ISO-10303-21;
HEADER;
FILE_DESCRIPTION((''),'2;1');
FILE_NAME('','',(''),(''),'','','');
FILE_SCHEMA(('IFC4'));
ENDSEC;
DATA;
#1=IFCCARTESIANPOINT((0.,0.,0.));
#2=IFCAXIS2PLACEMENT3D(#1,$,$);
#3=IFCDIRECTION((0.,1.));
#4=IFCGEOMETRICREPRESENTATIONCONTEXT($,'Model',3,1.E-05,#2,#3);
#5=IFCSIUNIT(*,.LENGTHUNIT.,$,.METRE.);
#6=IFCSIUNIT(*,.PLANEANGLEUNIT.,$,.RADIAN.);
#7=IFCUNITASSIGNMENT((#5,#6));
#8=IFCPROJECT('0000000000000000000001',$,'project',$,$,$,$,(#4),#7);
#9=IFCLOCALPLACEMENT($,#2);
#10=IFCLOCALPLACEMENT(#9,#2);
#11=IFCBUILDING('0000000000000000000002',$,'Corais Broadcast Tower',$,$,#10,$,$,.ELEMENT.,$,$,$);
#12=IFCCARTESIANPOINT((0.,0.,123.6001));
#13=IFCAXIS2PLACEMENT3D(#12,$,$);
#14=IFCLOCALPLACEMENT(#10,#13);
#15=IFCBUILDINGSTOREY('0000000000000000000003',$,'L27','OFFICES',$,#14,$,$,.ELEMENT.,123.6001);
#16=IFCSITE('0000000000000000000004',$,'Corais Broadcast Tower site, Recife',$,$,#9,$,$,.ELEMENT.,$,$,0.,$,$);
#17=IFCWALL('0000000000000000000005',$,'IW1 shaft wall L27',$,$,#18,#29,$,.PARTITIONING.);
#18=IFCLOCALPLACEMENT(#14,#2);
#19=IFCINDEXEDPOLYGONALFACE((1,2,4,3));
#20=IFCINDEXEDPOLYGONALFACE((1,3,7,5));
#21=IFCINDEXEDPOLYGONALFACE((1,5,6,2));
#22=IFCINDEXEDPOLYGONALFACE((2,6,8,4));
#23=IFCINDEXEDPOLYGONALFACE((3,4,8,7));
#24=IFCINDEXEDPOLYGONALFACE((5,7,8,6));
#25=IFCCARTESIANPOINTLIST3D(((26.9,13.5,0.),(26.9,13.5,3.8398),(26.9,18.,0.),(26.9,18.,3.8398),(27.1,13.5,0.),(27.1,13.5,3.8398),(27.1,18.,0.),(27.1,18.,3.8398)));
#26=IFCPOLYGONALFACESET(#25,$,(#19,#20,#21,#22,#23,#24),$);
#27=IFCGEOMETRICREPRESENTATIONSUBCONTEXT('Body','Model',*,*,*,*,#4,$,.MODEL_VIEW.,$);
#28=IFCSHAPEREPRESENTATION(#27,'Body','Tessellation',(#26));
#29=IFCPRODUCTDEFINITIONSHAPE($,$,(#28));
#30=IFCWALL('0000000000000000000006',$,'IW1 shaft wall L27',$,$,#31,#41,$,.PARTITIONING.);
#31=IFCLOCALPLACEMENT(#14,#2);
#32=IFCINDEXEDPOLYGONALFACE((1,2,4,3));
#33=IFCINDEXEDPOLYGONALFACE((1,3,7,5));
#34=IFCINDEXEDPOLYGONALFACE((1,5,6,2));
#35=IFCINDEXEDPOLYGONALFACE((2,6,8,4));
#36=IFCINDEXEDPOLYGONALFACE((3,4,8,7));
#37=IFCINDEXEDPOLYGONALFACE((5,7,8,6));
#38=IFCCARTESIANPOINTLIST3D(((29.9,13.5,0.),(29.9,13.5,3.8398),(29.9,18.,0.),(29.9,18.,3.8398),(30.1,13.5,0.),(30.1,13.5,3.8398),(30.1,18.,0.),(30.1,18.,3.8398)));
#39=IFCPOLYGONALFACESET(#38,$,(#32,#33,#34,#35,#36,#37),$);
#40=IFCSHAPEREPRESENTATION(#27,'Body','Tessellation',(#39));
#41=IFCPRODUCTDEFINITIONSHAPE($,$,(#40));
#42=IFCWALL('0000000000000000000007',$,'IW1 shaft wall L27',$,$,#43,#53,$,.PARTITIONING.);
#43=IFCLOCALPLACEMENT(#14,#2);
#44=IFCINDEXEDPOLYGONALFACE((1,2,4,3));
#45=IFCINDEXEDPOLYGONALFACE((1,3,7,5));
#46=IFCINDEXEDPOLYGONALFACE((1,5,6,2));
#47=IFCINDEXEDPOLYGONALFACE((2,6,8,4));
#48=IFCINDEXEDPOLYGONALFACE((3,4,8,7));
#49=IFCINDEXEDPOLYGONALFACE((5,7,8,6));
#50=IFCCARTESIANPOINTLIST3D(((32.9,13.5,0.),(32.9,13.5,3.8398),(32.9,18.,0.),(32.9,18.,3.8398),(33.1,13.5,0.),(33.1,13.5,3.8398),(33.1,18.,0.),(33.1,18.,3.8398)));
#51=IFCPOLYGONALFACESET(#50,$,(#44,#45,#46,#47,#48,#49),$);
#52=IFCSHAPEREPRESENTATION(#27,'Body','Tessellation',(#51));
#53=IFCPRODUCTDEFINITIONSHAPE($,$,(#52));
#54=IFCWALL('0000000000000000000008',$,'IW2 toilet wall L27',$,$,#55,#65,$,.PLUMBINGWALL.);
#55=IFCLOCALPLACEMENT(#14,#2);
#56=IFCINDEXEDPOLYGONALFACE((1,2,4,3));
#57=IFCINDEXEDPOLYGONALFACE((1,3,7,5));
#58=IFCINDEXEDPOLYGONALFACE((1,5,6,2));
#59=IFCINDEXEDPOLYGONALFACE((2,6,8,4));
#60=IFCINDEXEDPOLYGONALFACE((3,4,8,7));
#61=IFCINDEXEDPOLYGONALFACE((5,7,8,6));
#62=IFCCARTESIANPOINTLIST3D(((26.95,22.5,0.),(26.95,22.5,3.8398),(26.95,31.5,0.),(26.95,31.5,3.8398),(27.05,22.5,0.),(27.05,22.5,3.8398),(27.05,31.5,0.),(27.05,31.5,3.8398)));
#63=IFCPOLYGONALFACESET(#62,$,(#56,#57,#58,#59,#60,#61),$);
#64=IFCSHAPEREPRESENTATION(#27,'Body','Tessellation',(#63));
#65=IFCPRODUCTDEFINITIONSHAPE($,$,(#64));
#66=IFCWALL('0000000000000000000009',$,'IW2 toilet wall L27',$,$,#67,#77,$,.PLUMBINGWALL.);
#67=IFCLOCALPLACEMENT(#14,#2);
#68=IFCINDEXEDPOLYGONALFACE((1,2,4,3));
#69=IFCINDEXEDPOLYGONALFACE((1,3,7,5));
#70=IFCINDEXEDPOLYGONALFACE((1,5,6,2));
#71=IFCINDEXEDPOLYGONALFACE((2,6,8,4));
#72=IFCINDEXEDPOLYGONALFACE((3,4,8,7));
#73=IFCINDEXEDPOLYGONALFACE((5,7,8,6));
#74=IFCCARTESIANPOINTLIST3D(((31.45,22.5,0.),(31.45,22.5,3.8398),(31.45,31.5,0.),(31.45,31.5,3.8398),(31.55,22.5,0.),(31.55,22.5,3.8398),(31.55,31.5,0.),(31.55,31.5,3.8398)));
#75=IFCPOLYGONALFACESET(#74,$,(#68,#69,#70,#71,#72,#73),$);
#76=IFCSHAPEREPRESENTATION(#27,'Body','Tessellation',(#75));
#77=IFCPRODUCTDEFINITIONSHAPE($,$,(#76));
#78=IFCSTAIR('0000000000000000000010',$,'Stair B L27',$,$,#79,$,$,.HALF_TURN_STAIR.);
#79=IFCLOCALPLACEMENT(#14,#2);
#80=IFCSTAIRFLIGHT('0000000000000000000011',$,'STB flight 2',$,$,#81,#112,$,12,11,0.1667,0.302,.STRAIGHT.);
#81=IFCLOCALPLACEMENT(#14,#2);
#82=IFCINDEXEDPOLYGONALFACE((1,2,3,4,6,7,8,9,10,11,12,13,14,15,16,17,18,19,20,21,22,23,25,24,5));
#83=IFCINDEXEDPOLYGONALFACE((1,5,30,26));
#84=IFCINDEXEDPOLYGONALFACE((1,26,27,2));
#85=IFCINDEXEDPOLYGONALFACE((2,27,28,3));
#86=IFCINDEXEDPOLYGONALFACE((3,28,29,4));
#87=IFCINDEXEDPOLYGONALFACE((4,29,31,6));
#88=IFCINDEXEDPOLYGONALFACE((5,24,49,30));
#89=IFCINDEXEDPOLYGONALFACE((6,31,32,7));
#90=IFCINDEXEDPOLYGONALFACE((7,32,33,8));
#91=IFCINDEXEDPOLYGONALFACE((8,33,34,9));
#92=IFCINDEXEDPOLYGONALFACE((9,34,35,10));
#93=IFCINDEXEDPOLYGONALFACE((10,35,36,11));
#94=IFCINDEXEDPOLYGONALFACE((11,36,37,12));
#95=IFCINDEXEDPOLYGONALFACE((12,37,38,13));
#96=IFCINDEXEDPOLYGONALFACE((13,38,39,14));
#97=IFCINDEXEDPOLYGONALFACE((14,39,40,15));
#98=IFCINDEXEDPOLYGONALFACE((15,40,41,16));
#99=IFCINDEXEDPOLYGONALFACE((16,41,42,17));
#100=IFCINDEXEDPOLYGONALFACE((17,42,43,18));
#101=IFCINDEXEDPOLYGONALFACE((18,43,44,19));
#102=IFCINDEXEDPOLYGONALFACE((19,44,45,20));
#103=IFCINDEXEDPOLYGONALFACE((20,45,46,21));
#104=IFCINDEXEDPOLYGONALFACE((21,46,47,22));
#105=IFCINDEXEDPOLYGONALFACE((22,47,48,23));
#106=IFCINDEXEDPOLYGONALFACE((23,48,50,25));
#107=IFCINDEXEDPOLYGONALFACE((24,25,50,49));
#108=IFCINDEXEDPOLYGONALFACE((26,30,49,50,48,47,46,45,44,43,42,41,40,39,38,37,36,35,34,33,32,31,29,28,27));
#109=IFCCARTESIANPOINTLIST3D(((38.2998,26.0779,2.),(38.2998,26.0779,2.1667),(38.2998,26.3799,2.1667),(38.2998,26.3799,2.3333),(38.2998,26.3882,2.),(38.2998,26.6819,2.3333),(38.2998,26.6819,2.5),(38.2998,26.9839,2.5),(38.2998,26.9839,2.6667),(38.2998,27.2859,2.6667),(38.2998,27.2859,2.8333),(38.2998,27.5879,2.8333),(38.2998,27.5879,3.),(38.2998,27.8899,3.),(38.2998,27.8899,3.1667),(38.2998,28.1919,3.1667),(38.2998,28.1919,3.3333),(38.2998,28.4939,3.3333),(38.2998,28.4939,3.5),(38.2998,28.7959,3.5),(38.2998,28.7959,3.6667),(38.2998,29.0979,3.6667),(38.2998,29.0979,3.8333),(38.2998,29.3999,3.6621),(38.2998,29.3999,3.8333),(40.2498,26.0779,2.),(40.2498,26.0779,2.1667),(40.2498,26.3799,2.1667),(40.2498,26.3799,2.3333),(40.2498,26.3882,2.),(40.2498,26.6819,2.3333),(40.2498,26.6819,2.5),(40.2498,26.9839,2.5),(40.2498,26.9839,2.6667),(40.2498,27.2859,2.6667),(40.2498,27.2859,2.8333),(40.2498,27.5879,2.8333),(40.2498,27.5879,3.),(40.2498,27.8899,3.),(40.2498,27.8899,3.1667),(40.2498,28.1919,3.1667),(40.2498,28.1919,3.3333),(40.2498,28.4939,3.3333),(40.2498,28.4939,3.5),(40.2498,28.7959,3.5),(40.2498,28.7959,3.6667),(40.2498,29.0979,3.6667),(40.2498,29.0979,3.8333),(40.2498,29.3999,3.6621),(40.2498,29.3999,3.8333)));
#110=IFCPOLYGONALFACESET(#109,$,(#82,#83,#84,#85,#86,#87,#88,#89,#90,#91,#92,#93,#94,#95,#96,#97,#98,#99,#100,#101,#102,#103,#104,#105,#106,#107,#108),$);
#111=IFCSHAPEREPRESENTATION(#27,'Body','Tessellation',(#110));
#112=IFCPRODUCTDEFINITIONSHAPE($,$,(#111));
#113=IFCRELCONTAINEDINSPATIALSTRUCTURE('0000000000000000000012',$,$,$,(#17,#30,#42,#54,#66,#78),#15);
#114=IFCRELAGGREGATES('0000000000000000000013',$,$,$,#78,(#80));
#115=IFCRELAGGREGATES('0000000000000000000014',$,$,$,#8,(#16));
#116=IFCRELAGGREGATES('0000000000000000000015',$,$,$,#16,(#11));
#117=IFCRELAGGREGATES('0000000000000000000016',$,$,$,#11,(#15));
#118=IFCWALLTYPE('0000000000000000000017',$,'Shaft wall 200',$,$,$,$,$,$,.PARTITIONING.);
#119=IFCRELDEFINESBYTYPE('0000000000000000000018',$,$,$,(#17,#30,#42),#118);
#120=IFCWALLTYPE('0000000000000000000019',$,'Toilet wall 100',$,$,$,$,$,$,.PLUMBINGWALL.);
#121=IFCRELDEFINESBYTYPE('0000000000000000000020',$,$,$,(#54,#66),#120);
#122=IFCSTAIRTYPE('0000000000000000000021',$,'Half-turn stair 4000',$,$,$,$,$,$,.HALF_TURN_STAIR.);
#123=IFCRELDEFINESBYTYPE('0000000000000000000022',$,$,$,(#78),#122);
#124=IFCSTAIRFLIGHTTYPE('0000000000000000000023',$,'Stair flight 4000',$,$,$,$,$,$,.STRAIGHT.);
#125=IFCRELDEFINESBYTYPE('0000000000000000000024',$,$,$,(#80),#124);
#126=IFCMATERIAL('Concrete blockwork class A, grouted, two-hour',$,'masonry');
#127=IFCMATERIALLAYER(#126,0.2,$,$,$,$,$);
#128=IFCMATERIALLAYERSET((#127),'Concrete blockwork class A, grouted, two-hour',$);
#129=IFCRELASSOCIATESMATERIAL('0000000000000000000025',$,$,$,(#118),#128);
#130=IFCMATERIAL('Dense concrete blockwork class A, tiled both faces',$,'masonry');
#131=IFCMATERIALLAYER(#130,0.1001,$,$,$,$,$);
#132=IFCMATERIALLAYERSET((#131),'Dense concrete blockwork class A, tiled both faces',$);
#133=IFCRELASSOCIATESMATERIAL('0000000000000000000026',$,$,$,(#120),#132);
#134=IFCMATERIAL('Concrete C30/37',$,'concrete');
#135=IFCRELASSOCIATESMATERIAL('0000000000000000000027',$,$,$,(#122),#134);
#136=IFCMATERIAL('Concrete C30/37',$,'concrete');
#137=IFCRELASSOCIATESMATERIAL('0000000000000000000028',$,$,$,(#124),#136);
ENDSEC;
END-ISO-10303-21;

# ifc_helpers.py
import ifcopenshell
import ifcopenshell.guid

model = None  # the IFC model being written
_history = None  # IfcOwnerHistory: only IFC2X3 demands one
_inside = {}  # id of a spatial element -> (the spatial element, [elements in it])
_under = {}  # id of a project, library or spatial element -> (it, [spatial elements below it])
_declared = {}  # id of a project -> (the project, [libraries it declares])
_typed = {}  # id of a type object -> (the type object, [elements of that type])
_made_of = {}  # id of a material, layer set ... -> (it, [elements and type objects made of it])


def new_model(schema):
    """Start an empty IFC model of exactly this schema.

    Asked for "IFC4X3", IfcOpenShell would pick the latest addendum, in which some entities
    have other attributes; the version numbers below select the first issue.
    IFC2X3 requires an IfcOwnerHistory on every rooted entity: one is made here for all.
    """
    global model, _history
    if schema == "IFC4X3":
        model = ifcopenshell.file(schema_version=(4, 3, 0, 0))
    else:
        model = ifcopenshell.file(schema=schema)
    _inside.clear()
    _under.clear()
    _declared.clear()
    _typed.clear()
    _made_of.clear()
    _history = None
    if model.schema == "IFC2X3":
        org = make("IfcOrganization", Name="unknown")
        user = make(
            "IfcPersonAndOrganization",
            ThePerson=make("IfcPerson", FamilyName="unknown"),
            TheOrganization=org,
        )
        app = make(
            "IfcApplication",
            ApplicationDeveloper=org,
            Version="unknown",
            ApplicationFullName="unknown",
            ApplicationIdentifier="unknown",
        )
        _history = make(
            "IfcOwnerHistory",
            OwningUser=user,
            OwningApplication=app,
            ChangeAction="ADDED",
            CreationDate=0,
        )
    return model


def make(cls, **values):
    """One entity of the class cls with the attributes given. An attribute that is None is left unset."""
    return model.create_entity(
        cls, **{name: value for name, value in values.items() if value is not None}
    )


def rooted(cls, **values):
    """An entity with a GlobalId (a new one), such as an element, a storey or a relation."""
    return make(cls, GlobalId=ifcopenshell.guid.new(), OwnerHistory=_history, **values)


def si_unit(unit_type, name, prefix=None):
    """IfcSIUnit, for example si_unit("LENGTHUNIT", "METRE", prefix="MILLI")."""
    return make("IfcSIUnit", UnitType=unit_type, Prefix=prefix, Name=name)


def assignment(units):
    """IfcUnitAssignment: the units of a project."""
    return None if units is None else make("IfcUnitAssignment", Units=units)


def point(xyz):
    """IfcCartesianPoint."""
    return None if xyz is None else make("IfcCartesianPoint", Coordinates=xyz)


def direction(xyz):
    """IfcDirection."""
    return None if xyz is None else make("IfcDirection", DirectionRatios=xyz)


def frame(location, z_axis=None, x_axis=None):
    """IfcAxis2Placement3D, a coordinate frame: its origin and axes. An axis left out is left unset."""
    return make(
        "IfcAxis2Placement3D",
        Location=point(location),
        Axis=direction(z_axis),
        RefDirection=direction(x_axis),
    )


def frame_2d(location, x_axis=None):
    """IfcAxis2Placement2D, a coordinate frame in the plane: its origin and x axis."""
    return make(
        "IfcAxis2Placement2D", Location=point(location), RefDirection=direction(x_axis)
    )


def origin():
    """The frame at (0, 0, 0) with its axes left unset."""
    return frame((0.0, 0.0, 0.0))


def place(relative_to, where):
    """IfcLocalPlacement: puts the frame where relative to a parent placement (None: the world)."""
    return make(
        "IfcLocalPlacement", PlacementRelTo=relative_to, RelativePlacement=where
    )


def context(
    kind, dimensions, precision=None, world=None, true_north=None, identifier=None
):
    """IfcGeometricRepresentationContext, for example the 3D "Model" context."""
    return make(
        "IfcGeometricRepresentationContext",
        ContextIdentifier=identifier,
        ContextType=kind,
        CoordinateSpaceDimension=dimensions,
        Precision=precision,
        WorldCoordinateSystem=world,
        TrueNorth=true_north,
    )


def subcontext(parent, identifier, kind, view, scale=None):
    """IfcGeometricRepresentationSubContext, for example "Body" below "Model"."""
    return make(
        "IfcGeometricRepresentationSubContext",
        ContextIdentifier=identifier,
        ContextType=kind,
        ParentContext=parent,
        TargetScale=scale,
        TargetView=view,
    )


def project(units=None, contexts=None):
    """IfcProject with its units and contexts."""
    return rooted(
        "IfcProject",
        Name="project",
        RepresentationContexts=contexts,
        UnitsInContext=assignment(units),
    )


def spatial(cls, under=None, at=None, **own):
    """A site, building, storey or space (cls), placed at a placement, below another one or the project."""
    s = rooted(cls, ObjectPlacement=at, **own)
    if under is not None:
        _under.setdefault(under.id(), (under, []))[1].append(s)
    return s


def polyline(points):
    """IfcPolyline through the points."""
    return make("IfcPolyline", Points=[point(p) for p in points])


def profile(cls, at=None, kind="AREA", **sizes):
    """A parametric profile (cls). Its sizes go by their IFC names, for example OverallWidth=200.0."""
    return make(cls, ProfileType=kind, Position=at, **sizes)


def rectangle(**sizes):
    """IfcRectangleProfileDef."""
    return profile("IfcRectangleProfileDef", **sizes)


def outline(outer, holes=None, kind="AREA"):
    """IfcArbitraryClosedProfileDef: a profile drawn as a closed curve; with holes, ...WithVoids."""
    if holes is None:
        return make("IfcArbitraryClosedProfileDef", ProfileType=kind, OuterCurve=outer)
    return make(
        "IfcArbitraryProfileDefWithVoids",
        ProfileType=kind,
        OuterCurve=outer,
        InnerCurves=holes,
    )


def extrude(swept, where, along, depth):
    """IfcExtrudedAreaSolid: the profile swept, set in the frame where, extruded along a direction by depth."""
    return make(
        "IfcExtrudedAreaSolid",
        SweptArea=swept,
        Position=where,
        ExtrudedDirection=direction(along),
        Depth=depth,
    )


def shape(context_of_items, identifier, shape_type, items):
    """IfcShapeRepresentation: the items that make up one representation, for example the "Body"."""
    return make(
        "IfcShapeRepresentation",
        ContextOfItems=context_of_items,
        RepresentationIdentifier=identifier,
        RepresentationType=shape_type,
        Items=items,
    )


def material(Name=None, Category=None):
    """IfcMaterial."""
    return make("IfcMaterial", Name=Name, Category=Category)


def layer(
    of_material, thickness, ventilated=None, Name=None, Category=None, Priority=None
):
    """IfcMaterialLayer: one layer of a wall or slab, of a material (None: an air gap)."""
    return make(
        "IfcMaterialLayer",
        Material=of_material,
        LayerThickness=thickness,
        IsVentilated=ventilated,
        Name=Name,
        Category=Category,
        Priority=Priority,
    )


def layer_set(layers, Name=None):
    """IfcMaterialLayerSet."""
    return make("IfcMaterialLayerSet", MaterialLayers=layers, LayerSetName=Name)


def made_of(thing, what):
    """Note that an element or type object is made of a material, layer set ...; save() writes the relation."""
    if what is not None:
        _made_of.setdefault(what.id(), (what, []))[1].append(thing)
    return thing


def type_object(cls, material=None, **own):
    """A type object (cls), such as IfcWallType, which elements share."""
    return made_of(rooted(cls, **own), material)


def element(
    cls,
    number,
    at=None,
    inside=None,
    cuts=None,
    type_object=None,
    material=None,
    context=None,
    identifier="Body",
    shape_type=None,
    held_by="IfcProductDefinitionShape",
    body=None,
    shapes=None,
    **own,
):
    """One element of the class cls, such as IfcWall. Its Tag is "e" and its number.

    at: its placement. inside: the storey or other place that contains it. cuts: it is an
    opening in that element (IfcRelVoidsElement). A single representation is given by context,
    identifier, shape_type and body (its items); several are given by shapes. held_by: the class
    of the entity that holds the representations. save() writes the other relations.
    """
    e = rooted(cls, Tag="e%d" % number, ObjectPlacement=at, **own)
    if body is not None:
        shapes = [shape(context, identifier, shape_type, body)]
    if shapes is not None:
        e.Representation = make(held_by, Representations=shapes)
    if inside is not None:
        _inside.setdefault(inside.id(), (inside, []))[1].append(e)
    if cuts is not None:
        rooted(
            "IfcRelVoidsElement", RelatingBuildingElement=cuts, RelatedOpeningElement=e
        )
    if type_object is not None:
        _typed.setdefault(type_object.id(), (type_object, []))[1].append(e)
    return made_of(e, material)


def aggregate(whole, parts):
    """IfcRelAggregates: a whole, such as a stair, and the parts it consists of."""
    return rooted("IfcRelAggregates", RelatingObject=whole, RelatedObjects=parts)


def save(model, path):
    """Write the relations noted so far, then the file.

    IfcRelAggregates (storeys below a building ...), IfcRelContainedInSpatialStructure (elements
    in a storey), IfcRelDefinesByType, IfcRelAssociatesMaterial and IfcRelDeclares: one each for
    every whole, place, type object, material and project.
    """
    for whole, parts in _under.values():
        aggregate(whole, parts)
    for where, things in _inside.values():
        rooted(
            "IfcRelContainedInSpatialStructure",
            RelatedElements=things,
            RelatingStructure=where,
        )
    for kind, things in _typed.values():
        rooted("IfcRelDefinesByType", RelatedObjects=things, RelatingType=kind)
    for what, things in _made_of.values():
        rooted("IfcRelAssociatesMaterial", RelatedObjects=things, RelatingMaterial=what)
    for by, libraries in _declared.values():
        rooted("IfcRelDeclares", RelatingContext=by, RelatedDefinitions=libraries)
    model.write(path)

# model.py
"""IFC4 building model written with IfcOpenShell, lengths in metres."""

from ifc_helpers import new_model, si_unit, direction, frame, frame_2d, origin, place, context, subcontext, project, spatial, polyline, rectangle, outline, extrude, material, layer, layer_set, type_object, element, aggregate, save


model = new_model("IFC4")

# Units and contexts
model_context = context("Model", 3, precision=1e-05, world=origin(), true_north=direction((0.0, 1.0)))
body_context = subcontext(model_context, "Body", "Model", "MODEL_VIEW")
ifc_project = project(units=[si_unit("LENGTHUNIT", "METRE"), si_unit("PLANEANGLEUNIT", "RADIAN")], contexts=[model_context])

# Site, building, storey
site_placement = place(None, origin())
site = spatial("IfcSite", under=ifc_project, at=site_placement, Name="Corais Broadcast Tower site, Recife", CompositionType="ELEMENT", RefElevation=0.0)
building_placement = place(site_placement, origin())
building = spatial("IfcBuilding", under=site, at=building_placement, Name="Corais Broadcast Tower", CompositionType="ELEMENT")
storey_placement = place(building_placement, frame((0.0, 0.0, 123.6001)))
storey = spatial("IfcBuildingStorey", under=building, at=storey_placement, Name="L27", Description="OFFICES", CompositionType="ELEMENT", Elevation=123.6001)

# Walls
ifc_material_1 = material(Name="Concrete blockwork class A, grouted, two-hour", Category="masonry")
ifc_layer_1 = layer(ifc_material_1, 0.2)
ifc_layer_set_1 = layer_set([ifc_layer_1], Name="Concrete blockwork class A, grouted, two-hour")
wall_type_1 = type_object("IfcWallType", Name="Shaft wall 200", PredefinedType="PARTITIONING", material=ifc_layer_set_1)
for number, where, z_axis, x_axis, name in (
    (1, (27.0, 13.5, 0.0), (0.0, 0.0, 1.0), (0.0, 1.0, 0.0), "IW1 shaft wall L27"),
    (2, (30.0, 13.5, 0.0), (0.0, 0.0, 1.0), (0.0, 1.0, 0.0), "IW1 shaft wall L27"),
    (3, (33.0, 13.5, 0.0), (0.0, 0.0, 1.0), (0.0, 1.0, 0.0), "IW1 shaft wall L27"),
):
    element("IfcWall", number, at=place(storey_placement, frame(where, z_axis=z_axis, x_axis=x_axis)), inside=storey, type_object=wall_type_1, Name=name, PredefinedType="PARTITIONING", context=body_context, shape_type="SweptSolid", body=[
        extrude(rectangle(XDim=4.5, YDim=0.2, at=frame_2d((2.25, 0.0))), origin(), (0.0, 0.0, 1.0), 3.8398),
    ])
ifc_material_2 = material(Name="Dense concrete blockwork class A, tiled both faces", Category="masonry")
ifc_layer_2 = layer(ifc_material_2, 0.1001)
ifc_layer_set_2 = layer_set([ifc_layer_2], Name="Dense concrete blockwork class A, tiled both faces")
wall_type_2 = type_object("IfcWallType", Name="Toilet wall 100", PredefinedType="PLUMBINGWALL", material=ifc_layer_set_2)
for number, where, z_axis, x_axis, name in (
    (4, (27.0, 22.5, 0.0), (0.0, 0.0, 1.0), (0.0, 1.0, 0.0), "IW2 toilet wall L27"),
    (5, (31.5, 22.5, 0.0), (0.0, 0.0, 1.0), (0.0, 1.0, 0.0), "IW2 toilet wall L27"),
):
    element("IfcWall", number, at=place(storey_placement, frame(where, z_axis=z_axis, x_axis=x_axis)), inside=storey, type_object=wall_type_2, Name=name, PredefinedType="PLUMBINGWALL", context=body_context, shape_type="SweptSolid", body=[
        extrude(rectangle(XDim=9.0, YDim=0.1001, at=frame_2d((4.5, 0.0))), origin(), (0.0, 0.0, 1.0), 3.8398),
    ])

# Stair, stair flight
ifc_material_3 = material(Name="Concrete C30/37", Category="concrete")
stair_type = type_object("IfcStairType", Name="Half-turn stair 4000", PredefinedType="HALF_TURN_STAIR", material=ifc_material_3)
stair_placement = place(storey_placement, origin())
stair = element("IfcStair", 6, at=stair_placement, inside=storey, type_object=stair_type, Name="Stair B L27", PredefinedType="HALF_TURN_STAIR")
ifc_material_4 = material(Name="Concrete C30/37", Category="concrete")
stair_flight_type = type_object("IfcStairFlightType", Name="Stair flight 4000", PredefinedType="STRAIGHT", material=ifc_material_4)
stair_flight_placement = place(storey_placement, frame((39.2749, 26.0779, 2.0), z_axis=(0.0, 0.0, 1.0), x_axis=(0.0, 1.0, 0.0)))
stair_flight = element("IfcStairFlight", 7, at=stair_flight_placement, type_object=stair_flight_type, Name="STB flight 2", NumberOfRisers=12, NumberOfTreads=11, PredefinedType="STRAIGHT", RiserHeight=0.1667, TreadLength=0.302, context=body_context, shape_type="SweptSolid", body=[
    extrude(outline(polyline([(0.0, 0.0), (0.0, 0.1667), (0.302, 0.1667), (0.302, 0.3333), (0.604, 0.3333), (0.604, 0.5), (0.906, 0.5), (0.906, 0.6667), (1.208, 0.6667), (1.208, 0.8333), (1.51, 0.8333), (1.51, 1.0), (1.812, 1.0), (1.812, 1.1667), (2.114, 1.1667), (2.114, 1.3333), (2.416, 1.3333), (2.416, 1.5), (2.718, 1.5), (2.718, 1.6667), (3.02, 1.6667), (3.02, 1.8333), (3.322, 1.8333), (3.322, 2.0), (3.322, 1.6621), (0.3103, 0.0), (0.0, 0.0)])), frame((0.0, 0.9751, 0.0), z_axis=(0.0, -1.0, 0.0), x_axis=(1.0, 0.0, 0.0)), (0.0, 0.0, 1.0), 1.95),
])
aggregate(stair, [stair_flight])

save(model, "model.ifc")
